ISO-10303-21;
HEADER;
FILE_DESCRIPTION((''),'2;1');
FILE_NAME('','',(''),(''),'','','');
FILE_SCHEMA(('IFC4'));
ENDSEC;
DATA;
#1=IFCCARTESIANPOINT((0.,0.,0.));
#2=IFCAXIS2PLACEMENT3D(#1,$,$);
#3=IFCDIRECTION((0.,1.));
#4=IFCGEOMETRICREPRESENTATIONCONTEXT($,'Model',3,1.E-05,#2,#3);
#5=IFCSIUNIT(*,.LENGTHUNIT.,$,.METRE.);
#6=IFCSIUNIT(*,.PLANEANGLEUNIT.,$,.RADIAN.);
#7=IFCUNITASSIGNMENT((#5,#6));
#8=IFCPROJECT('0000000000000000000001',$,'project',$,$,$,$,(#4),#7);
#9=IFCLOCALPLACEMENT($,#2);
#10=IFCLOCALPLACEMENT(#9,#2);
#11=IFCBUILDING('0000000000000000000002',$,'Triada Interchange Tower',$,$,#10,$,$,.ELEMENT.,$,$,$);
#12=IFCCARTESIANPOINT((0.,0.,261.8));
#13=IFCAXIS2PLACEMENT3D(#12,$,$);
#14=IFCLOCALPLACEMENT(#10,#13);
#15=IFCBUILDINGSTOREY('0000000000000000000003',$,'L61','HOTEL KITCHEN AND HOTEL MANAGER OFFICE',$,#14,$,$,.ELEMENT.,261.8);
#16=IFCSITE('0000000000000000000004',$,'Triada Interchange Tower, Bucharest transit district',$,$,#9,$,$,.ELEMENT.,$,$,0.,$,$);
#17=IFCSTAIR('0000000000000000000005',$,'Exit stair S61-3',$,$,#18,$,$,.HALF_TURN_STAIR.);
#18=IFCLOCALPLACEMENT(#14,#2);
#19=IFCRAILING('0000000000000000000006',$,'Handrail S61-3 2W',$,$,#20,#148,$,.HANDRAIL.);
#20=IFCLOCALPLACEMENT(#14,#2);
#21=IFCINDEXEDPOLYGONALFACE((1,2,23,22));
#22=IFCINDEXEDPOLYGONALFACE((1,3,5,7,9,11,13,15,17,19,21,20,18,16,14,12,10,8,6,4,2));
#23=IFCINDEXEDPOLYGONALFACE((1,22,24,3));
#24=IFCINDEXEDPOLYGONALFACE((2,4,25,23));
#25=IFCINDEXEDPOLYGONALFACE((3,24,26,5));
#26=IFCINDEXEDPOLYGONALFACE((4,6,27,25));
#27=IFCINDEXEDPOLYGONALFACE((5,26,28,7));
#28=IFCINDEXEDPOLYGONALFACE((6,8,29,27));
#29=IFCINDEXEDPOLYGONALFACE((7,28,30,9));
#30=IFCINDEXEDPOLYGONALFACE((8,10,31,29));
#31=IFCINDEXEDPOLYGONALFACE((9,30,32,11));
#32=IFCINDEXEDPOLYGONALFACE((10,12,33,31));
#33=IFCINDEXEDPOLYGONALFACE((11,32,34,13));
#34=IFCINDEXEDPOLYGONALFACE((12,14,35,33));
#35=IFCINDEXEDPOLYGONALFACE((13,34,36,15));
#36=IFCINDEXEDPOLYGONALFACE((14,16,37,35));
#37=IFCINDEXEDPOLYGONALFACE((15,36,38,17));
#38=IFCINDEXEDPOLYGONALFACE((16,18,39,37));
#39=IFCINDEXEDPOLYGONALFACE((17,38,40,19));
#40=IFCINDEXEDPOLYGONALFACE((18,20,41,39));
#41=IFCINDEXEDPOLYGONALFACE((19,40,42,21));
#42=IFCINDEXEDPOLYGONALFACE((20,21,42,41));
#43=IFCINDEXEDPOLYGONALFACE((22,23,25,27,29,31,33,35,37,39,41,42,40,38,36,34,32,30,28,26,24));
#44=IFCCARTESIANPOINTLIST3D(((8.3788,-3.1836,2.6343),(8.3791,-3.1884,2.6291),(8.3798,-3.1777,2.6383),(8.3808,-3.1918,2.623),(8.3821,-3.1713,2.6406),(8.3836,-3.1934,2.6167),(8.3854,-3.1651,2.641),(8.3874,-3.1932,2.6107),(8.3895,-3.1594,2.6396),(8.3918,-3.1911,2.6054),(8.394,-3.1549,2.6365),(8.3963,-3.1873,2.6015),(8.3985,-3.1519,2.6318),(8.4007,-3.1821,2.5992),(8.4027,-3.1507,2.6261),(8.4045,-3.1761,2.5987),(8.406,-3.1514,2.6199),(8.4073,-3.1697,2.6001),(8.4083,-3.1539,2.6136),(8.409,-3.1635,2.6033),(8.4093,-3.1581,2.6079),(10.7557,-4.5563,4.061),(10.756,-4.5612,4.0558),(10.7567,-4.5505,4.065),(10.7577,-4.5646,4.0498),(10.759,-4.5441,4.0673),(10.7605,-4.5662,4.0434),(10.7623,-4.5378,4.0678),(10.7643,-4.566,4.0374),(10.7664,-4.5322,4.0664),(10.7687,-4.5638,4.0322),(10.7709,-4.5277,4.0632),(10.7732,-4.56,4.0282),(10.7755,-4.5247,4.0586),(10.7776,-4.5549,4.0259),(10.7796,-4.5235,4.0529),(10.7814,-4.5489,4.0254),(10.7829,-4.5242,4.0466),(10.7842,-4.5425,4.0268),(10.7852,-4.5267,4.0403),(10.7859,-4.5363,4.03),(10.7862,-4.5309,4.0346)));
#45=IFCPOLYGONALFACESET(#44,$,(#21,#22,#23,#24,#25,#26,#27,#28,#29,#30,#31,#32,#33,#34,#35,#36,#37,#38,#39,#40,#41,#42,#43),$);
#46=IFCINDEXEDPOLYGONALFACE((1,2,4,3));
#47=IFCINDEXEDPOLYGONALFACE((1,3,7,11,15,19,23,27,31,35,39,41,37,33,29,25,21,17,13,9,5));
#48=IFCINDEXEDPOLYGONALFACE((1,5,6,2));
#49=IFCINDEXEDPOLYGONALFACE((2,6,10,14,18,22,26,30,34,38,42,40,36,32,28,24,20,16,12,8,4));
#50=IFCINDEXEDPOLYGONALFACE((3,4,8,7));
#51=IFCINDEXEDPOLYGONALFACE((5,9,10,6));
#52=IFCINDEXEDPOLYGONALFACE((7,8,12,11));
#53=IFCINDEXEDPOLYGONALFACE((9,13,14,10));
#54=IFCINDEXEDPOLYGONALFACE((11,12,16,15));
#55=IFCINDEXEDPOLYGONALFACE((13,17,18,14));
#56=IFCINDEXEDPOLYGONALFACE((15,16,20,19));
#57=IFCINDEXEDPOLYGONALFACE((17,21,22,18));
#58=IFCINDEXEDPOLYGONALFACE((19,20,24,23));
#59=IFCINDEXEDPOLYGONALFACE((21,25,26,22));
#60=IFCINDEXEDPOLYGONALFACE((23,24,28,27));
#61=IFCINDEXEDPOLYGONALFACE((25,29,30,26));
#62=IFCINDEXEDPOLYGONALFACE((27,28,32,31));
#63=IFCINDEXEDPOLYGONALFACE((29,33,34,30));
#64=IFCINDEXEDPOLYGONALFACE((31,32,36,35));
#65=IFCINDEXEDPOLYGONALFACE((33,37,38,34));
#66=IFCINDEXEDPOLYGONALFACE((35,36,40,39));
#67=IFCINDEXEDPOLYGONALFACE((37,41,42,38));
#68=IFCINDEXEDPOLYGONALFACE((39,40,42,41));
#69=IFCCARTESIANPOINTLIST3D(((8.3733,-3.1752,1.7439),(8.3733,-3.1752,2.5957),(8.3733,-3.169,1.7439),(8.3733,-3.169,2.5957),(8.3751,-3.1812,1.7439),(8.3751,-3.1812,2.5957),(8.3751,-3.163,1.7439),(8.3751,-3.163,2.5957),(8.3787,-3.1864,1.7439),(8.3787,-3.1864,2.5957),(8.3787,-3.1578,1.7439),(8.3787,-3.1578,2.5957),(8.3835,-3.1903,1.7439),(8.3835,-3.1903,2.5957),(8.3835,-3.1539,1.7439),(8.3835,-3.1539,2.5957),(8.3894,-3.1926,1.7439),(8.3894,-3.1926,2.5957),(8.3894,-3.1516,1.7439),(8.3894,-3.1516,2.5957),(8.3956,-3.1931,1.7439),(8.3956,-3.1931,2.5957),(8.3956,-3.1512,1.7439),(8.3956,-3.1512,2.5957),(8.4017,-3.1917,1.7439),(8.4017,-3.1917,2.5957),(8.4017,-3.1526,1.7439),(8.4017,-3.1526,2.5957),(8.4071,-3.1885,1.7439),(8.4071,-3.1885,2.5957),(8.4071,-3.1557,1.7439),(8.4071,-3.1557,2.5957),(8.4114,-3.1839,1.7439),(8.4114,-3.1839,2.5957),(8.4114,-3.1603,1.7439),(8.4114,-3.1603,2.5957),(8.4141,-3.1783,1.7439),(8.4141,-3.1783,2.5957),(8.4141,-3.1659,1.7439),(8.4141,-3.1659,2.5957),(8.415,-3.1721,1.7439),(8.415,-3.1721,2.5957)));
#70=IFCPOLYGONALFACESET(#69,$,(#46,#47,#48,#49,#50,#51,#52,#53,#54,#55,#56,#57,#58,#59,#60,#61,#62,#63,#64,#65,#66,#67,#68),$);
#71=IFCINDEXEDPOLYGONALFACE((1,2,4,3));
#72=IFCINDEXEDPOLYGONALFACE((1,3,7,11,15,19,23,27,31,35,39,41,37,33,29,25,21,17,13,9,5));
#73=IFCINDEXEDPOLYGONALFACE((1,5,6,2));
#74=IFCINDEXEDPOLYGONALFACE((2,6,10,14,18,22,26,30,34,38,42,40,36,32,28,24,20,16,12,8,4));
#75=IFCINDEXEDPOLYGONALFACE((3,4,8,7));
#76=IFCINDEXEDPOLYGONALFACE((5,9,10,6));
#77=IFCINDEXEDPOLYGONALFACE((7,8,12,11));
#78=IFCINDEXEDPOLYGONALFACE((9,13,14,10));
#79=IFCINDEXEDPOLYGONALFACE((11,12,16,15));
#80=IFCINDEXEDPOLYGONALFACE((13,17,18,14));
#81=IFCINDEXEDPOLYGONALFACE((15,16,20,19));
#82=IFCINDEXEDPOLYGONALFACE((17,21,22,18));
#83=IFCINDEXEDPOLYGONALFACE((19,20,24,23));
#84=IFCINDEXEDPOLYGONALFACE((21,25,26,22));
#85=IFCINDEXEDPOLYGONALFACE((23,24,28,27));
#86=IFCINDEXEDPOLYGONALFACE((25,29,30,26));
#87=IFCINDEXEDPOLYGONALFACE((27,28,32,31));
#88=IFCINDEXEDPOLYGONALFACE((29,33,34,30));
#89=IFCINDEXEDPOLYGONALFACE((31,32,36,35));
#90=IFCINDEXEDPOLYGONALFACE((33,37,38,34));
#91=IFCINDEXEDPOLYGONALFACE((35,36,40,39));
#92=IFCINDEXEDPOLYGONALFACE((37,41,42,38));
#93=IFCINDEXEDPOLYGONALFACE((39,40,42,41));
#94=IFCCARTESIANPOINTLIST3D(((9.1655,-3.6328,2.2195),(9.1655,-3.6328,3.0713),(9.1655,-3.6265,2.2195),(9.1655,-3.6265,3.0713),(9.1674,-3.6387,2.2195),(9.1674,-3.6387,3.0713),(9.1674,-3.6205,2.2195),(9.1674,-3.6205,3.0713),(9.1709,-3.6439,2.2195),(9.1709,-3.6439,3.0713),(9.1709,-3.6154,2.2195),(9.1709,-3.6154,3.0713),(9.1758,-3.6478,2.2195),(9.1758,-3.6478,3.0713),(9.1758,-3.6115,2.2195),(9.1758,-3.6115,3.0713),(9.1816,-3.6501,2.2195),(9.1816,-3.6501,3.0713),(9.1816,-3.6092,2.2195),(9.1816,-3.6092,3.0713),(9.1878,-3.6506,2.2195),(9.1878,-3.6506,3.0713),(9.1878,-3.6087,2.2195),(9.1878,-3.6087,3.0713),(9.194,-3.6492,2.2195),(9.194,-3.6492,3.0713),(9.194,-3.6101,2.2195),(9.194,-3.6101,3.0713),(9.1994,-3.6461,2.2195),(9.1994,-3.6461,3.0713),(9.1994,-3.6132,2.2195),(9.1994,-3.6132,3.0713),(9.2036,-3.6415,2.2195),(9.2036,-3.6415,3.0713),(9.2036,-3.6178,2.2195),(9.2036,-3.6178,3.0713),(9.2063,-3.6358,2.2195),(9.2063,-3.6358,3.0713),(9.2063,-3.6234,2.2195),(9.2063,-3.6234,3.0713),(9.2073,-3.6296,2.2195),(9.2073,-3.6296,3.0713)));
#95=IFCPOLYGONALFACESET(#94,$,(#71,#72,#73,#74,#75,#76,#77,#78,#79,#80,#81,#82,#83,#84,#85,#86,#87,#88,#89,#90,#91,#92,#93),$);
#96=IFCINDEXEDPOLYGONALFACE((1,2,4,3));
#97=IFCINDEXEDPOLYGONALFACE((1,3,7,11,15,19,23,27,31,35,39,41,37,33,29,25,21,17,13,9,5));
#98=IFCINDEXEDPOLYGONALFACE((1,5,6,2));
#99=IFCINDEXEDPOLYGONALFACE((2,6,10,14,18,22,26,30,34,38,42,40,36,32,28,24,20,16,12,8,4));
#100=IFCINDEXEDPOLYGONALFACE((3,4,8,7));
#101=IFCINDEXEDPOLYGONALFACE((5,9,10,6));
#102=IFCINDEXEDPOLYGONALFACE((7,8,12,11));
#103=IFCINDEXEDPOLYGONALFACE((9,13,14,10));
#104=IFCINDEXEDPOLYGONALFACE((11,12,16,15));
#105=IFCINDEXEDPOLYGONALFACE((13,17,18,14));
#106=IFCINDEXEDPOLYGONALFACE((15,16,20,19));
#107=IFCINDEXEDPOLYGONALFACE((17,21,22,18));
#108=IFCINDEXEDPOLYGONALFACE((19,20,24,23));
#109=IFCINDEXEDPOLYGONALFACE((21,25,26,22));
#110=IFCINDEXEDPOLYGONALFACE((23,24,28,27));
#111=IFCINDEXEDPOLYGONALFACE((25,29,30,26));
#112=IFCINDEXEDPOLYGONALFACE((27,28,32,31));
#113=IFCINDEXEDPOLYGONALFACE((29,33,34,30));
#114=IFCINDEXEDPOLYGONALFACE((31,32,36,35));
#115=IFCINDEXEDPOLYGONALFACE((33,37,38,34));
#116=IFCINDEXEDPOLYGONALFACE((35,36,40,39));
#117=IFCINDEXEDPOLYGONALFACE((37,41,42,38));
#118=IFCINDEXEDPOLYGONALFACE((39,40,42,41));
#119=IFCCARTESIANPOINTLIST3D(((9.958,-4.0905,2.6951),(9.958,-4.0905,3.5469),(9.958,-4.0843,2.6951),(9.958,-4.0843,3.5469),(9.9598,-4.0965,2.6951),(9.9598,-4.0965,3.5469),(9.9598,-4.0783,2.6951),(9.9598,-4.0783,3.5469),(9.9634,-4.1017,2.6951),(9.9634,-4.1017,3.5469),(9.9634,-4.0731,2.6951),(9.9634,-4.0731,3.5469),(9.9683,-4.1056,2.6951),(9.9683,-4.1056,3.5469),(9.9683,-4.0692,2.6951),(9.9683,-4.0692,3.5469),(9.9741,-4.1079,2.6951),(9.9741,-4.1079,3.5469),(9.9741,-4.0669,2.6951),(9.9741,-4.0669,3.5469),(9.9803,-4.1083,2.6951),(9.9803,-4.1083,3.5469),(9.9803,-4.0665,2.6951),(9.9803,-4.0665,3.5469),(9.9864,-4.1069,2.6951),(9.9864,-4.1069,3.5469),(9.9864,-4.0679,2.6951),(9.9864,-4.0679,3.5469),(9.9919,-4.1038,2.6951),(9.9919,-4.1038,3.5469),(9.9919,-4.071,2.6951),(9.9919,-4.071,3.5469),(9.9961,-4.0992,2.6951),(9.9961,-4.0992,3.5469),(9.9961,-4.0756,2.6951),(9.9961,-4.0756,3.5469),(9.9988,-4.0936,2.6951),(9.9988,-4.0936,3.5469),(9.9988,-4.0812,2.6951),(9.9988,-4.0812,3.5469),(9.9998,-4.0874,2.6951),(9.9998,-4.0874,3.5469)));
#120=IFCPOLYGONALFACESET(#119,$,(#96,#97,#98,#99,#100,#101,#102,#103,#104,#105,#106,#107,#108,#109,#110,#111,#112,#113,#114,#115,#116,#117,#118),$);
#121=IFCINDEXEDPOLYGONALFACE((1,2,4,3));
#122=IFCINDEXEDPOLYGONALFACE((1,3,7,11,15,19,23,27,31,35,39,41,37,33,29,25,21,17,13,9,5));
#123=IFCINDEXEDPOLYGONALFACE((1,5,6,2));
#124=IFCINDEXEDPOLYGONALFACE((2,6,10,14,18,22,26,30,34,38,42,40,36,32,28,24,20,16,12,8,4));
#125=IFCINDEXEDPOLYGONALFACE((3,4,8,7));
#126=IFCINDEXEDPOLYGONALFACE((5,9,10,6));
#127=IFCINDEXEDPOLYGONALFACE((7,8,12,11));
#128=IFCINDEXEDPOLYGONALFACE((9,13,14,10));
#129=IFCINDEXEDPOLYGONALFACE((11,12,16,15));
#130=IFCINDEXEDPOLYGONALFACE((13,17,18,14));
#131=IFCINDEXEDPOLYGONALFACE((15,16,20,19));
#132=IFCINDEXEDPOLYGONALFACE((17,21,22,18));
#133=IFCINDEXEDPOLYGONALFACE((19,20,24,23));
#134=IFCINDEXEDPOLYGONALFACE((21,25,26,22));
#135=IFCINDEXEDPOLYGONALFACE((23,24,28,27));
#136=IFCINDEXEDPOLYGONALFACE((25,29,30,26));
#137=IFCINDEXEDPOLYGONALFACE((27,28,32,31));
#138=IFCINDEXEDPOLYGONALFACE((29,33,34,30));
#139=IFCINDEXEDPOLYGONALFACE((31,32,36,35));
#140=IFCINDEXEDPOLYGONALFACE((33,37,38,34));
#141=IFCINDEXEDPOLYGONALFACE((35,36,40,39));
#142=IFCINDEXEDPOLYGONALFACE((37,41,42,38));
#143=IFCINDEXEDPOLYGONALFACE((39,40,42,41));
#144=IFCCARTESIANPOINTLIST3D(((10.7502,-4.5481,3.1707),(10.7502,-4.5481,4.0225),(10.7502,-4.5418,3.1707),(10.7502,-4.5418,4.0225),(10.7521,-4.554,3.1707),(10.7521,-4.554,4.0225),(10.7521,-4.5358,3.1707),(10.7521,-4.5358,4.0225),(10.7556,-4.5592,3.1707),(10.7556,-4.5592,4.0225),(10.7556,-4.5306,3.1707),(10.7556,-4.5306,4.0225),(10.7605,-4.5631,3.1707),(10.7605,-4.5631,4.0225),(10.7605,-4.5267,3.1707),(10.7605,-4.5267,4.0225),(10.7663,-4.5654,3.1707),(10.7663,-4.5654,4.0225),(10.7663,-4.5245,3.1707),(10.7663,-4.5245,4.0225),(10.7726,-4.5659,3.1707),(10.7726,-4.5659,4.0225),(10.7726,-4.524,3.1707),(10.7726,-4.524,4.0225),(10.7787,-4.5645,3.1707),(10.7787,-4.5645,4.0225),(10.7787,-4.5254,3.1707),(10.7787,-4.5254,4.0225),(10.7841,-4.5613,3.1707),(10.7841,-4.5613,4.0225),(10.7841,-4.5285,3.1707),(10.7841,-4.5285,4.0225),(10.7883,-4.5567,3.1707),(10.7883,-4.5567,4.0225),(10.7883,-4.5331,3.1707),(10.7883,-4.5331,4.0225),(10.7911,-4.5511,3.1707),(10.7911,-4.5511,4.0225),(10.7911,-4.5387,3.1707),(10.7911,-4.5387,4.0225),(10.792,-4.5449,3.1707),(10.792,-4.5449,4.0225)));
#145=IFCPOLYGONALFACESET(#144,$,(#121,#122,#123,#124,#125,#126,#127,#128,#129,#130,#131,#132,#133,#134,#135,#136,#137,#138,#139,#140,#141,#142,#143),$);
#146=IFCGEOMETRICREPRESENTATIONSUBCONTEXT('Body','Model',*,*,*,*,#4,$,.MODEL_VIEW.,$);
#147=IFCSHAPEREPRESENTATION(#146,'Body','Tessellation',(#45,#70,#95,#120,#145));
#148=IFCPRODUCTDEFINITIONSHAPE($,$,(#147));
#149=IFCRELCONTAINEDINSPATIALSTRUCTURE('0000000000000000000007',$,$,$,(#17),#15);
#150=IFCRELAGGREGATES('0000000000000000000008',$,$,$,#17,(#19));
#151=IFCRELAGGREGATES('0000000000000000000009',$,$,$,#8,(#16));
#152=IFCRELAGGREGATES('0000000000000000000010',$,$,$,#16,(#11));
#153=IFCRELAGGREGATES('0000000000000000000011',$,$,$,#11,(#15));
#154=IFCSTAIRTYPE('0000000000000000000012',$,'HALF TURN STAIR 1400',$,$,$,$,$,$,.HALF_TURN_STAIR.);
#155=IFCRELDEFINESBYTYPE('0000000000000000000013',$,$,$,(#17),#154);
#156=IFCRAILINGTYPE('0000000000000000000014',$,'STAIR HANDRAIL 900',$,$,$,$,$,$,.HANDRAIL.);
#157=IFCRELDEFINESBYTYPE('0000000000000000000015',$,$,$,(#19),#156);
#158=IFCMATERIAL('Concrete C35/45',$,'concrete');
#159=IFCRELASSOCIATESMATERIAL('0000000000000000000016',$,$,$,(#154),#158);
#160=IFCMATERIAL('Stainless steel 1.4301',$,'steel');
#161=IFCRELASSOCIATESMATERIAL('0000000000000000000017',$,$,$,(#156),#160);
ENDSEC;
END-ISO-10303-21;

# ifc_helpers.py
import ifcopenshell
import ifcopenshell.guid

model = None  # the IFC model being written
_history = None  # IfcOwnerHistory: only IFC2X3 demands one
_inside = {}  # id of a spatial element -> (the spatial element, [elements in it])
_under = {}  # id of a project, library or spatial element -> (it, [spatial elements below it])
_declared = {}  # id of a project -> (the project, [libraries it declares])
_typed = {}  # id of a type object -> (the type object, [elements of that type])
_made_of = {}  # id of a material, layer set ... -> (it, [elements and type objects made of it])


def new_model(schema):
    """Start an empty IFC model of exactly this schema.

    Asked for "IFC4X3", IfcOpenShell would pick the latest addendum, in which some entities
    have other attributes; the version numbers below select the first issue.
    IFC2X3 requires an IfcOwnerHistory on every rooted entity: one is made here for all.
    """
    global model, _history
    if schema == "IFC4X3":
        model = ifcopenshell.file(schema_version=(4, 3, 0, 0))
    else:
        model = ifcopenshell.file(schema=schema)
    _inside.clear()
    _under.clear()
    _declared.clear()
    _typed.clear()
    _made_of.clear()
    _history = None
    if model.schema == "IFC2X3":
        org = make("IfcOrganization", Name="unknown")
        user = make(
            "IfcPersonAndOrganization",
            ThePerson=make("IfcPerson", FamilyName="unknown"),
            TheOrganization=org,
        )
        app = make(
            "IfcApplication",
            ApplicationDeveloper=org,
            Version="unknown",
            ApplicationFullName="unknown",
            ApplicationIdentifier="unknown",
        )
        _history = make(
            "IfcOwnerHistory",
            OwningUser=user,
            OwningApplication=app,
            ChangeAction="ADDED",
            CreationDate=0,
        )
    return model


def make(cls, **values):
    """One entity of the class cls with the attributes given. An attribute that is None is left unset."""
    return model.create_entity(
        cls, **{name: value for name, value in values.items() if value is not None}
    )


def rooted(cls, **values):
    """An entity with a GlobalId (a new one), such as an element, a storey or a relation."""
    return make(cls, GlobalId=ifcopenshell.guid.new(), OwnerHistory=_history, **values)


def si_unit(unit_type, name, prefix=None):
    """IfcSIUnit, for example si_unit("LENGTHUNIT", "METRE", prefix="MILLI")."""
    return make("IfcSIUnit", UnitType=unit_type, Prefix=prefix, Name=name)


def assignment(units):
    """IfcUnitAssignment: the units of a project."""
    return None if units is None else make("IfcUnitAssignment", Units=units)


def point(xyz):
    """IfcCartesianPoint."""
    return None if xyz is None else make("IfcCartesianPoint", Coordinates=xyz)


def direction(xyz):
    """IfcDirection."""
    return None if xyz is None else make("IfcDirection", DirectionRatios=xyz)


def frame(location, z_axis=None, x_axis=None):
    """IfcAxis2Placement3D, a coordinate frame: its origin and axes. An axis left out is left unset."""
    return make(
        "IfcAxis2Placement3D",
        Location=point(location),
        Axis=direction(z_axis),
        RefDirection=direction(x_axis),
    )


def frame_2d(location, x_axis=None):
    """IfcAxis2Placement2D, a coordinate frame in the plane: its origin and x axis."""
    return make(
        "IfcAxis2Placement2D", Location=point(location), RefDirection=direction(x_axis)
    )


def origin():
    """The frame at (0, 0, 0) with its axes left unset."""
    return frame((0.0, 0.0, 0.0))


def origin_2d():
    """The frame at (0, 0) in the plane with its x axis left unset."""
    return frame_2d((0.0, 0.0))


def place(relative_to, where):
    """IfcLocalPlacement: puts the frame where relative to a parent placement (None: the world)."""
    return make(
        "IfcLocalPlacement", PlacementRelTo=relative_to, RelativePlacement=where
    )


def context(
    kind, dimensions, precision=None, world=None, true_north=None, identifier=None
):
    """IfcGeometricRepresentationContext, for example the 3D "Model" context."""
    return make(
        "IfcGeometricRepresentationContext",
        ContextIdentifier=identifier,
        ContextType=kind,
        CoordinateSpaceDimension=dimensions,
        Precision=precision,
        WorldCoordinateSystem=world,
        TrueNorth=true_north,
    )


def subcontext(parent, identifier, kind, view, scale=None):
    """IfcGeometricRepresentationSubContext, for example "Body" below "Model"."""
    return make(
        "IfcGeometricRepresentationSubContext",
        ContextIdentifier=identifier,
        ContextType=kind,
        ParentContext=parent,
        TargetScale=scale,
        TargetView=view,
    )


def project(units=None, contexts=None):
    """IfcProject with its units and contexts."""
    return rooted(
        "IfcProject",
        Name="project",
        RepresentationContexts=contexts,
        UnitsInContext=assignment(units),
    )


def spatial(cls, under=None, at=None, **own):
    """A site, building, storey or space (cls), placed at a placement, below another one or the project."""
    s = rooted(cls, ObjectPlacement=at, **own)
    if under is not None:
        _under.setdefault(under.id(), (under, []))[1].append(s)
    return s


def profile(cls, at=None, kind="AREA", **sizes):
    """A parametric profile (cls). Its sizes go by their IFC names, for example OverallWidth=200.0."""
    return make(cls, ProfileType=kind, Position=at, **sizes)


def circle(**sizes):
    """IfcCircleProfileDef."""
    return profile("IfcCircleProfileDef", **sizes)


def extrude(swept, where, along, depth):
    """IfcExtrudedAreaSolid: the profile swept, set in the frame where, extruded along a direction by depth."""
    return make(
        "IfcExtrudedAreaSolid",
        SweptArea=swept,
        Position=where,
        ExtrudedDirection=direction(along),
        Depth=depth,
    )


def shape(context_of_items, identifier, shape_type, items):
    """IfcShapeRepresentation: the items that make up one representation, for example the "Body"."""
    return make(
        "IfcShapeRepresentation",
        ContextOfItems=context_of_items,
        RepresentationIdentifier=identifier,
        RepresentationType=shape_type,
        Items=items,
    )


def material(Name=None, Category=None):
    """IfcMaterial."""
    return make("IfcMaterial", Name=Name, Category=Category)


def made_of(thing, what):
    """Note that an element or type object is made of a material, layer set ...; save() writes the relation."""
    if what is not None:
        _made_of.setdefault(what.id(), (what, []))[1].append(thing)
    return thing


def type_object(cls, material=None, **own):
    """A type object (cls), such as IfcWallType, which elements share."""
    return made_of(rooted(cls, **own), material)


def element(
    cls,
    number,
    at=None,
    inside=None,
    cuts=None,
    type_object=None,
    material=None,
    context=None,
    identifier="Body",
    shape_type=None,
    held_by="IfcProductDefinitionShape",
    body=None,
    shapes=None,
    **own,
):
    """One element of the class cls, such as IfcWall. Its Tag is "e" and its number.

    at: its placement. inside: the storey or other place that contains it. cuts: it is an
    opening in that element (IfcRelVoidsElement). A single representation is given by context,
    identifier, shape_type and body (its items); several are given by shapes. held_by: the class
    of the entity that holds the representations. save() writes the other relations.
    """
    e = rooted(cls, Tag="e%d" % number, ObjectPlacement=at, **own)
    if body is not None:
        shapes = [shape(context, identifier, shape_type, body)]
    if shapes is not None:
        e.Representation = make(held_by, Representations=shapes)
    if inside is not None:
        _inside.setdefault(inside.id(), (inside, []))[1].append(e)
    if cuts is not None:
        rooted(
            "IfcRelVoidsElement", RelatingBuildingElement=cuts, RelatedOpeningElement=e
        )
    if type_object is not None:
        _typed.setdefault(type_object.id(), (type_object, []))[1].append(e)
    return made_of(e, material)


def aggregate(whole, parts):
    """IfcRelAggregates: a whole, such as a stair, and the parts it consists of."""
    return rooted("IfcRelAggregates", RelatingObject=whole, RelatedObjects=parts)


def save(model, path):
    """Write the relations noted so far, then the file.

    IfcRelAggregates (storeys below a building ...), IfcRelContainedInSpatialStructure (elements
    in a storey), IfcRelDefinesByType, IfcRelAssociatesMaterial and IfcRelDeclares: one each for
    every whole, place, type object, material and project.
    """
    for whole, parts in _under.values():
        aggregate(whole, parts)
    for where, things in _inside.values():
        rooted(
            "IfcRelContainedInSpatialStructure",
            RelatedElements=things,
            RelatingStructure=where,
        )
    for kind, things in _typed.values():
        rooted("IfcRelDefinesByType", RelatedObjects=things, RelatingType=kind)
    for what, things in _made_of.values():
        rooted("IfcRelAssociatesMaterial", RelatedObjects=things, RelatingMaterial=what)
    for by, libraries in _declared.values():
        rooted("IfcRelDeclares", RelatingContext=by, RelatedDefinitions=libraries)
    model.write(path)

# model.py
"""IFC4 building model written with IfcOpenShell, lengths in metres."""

from ifc_helpers import new_model, si_unit, direction, frame, origin, origin_2d, place, context, subcontext, project, spatial, circle, extrude, material, type_object, element, aggregate, save


model = new_model("IFC4")

# Units and contexts
model_context = context("Model", 3, precision=1e-05, world=origin(), true_north=direction((0.0, 1.0)))
body_context = subcontext(model_context, "Body", "Model", "MODEL_VIEW")
ifc_project = project(units=[si_unit("LENGTHUNIT", "METRE"), si_unit("PLANEANGLEUNIT", "RADIAN")], contexts=[model_context])

# Site, building, storey
site_placement = place(None, origin())
site = spatial("IfcSite", under=ifc_project, at=site_placement, Name="Triada Interchange Tower, Bucharest transit district", CompositionType="ELEMENT", RefElevation=0.0)
building_placement = place(site_placement, origin())
building = spatial("IfcBuilding", under=site, at=building_placement, Name="Triada Interchange Tower", CompositionType="ELEMENT")
storey_placement = place(building_placement, frame((0.0, 0.0, 261.8)))
storey = spatial("IfcBuildingStorey", under=building, at=storey_placement, Name="L61", Description="HOTEL KITCHEN AND HOTEL MANAGER OFFICE", CompositionType="ELEMENT", Elevation=261.8)

# Shared definitions
ifc_material_1 = material(Name="Concrete C35/45", Category="concrete")

# Stair, railing
stair_type = type_object("IfcStairType", Name="HALF TURN STAIR 1400", PredefinedType="HALF_TURN_STAIR", material=ifc_material_1)
stair_placement = place(storey_placement, origin())
stair = element("IfcStair", 1, at=stair_placement, inside=storey, type_object=stair_type, Name="Exit stair S61-3", PredefinedType="HALF_TURN_STAIR")
ifc_material_2 = material(Name="Stainless steel 1.4301", Category="steel")
railing_type_1 = type_object("IfcRailingType", Name="STAIR HANDRAIL 900", PredefinedType="HANDRAIL", material=ifc_material_2)
railing_1_placement = place(storey_placement, frame((8.394, -3.1721, 1.7439)))
railing_1 = element("IfcRailing", 2, at=railing_1_placement, type_object=railing_type_1, Name="Handrail S61-3 2W", PredefinedType="HANDRAIL", context=body_context, shape_type="SweptSolid", body=[
    extrude(circle(Radius=0.0239, at=origin_2d()), frame((0.0, 0.0, 0.876), z_axis=(0.768355, -0.443761, 0.461202), x_axis=(0.500128, 0.865952, 0.0)), (0.0, 0.0, 1.0), 3.0935),
    extrude(circle(Radius=0.021, at=origin_2d()), origin(), (0.0, 0.0, 1.0), 0.8518),
    extrude(circle(Radius=0.021, at=origin_2d()), frame((0.7922, -0.4575, 0.4756)), (0.0, 0.0, 1.0), 0.8518),
    extrude(circle(Radius=0.021, at=origin_2d()), frame((1.5847, -0.9153, 0.9512)), (0.0, 0.0, 1.0), 0.8518),
    extrude(circle(Radius=0.021, at=origin_2d()), frame((2.377, -1.3728, 1.4268)), (0.0, 0.0, 1.0), 0.8518),
])
aggregate(stair, [railing_1])

save(model, "model.ifc")
